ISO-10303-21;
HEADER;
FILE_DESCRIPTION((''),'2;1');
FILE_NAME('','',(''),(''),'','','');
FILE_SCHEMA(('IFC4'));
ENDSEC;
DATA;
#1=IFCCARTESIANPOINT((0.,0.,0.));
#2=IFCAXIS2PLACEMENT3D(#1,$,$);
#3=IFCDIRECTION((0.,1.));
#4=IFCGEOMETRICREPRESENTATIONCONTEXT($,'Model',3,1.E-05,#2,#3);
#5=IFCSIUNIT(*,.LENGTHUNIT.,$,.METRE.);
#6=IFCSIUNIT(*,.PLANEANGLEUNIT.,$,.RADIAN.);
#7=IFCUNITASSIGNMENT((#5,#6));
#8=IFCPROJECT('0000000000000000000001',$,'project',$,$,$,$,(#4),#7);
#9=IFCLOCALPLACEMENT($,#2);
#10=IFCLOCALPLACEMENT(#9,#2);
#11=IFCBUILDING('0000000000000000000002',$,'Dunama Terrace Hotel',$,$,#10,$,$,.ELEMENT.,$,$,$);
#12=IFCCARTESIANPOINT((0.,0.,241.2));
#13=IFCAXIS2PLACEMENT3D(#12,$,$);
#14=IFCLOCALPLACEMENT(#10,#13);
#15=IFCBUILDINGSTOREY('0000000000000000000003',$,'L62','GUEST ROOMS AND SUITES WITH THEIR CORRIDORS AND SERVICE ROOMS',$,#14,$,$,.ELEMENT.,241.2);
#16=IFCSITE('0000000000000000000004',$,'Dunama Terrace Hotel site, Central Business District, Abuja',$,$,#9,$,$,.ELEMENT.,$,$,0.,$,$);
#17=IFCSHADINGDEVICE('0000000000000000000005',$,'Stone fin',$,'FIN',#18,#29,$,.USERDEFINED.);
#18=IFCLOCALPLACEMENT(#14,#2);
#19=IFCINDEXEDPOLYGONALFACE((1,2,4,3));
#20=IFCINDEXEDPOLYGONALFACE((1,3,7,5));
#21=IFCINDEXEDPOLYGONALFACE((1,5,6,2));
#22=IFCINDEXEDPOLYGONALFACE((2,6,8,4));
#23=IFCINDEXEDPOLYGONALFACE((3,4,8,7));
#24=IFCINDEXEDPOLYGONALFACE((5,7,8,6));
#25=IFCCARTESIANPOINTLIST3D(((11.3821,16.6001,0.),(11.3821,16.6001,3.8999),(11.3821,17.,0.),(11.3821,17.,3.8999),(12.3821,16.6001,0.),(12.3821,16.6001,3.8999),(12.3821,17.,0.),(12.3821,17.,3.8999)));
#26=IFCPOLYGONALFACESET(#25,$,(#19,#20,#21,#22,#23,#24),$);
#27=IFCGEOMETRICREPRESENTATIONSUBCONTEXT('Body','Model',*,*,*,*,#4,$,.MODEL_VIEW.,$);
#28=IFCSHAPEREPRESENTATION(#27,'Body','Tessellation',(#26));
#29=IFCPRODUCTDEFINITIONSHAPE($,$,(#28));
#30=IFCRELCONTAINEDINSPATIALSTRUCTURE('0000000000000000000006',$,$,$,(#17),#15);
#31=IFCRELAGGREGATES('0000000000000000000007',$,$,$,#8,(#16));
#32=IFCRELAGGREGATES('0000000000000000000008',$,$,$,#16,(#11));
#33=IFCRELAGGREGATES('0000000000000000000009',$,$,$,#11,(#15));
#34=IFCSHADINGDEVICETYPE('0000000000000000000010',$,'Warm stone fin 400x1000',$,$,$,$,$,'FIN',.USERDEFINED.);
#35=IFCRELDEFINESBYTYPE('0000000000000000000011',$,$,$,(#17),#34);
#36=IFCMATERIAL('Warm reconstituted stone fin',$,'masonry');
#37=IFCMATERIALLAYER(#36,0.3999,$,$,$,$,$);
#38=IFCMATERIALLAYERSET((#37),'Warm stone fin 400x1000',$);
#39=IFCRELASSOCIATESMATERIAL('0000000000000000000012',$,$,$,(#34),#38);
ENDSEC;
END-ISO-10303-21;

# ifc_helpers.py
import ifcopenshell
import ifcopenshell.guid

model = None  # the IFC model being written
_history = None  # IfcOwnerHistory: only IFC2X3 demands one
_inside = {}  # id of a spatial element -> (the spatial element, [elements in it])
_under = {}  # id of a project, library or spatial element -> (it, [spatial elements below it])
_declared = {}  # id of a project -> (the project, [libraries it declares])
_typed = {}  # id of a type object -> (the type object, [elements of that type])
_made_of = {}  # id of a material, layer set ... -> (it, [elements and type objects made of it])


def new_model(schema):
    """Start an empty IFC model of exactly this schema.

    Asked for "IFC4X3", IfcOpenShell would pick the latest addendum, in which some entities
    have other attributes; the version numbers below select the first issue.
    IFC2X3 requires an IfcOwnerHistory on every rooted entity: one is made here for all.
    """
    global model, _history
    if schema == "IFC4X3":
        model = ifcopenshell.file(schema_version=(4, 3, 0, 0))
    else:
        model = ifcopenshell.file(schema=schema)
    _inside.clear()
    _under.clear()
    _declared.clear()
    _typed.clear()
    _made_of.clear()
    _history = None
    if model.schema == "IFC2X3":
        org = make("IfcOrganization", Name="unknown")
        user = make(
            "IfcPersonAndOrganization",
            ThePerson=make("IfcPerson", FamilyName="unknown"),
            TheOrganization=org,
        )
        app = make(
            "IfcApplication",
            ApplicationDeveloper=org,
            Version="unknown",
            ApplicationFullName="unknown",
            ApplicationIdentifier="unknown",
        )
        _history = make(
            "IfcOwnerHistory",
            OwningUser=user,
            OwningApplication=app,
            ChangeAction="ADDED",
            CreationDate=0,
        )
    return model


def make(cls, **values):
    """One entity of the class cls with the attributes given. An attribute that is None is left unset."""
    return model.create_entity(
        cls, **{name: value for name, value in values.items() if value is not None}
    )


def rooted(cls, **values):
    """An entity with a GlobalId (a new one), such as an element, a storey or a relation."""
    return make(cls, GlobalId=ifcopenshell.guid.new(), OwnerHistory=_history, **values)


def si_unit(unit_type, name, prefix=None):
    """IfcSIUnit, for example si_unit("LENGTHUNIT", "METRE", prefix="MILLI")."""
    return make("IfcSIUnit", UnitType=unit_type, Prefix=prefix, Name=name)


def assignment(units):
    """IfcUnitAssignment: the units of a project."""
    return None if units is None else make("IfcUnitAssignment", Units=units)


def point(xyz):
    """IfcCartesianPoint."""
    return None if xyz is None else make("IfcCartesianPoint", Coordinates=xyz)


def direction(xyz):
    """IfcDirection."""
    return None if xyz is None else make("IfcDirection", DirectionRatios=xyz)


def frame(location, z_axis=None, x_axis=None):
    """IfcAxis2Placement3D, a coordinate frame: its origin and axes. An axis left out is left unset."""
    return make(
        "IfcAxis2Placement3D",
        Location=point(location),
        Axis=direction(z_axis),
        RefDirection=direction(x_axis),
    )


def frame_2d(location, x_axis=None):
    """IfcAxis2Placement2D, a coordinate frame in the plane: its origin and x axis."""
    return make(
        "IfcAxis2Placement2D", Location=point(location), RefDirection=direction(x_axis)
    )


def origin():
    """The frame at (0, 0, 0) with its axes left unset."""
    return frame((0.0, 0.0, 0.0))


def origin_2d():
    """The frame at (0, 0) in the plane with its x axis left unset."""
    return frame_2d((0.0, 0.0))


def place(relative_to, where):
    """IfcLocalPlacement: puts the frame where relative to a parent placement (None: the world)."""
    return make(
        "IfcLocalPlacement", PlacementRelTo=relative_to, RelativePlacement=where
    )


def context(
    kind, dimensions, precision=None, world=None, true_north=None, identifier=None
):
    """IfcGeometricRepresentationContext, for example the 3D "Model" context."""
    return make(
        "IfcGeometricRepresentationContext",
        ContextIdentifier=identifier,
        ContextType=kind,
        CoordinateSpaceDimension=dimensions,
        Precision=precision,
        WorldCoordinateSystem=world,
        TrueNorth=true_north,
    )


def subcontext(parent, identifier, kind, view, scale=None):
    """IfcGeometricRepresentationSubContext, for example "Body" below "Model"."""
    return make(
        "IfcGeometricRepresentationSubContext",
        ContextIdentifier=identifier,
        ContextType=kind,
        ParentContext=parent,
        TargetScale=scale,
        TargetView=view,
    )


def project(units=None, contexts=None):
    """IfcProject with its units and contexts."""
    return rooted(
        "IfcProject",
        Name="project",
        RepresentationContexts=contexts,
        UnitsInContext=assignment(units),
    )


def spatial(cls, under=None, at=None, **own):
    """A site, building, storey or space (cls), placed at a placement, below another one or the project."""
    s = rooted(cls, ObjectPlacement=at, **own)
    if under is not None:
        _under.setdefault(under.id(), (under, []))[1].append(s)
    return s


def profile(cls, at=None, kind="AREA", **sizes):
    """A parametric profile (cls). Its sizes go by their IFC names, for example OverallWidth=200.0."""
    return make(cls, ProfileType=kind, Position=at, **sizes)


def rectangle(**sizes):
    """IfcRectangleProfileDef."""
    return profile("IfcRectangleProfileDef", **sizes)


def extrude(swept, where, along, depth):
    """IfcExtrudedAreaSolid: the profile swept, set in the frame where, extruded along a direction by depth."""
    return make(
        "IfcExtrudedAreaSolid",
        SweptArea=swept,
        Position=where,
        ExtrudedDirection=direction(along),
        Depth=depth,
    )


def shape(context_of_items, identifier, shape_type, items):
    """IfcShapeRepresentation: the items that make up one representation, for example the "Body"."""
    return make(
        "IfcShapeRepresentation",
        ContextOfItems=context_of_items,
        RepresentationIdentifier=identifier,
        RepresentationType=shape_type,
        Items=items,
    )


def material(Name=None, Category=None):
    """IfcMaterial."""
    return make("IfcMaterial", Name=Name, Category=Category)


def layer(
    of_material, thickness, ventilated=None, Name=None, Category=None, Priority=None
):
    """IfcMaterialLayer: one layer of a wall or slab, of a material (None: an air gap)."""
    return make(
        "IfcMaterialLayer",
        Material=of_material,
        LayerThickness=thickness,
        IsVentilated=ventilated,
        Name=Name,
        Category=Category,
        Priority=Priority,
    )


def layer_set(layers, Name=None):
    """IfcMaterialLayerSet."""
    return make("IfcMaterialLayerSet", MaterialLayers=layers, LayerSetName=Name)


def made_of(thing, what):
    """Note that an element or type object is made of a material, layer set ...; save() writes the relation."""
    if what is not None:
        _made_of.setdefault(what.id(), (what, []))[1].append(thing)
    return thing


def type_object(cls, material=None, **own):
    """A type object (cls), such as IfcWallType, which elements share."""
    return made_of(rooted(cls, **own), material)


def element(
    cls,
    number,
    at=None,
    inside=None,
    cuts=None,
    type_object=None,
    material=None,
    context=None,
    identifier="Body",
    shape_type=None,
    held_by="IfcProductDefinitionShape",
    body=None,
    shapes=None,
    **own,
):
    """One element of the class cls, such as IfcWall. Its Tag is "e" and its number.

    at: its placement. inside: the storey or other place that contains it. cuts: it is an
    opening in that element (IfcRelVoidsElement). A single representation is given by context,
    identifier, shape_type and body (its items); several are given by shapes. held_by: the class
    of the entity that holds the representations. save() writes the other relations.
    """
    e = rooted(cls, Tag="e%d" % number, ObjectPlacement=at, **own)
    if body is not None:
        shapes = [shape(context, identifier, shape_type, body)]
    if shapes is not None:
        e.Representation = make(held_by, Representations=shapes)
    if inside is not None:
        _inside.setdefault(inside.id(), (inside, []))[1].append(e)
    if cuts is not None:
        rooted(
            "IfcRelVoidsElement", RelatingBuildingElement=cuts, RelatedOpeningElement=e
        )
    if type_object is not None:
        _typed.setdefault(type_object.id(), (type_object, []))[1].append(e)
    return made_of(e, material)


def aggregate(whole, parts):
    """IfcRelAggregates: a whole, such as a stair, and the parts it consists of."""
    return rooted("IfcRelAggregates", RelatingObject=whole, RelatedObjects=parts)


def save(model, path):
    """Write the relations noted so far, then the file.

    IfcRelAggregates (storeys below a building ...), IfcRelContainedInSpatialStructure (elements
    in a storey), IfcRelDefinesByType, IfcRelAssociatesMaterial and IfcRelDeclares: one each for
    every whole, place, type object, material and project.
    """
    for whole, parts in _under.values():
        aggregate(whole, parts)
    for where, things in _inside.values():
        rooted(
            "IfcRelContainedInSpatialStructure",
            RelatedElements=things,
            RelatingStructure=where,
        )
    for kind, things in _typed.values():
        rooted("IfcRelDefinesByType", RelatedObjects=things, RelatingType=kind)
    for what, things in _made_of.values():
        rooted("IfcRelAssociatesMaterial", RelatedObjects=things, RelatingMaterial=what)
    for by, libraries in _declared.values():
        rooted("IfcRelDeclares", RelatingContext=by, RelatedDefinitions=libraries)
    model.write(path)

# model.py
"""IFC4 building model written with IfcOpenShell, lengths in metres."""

from ifc_helpers import new_model, si_unit, direction, frame, origin, origin_2d, place, context, subcontext, project, spatial, rectangle, extrude, material, layer, layer_set, type_object, element, save


model = new_model("IFC4")

# Units and contexts
model_context = context("Model", 3, precision=1e-05, world=origin(), true_north=direction((0.0, 1.0)))
body_context = subcontext(model_context, "Body", "Model", "MODEL_VIEW")
ifc_project = project(units=[si_unit("LENGTHUNIT", "METRE"), si_unit("PLANEANGLEUNIT", "RADIAN")], contexts=[model_context])

# Site, building, storey
site_placement = place(None, origin())
site = spatial("IfcSite", under=ifc_project, at=site_placement, Name="Dunama Terrace Hotel site, Central Business District, Abuja", CompositionType="ELEMENT", RefElevation=0.0)
building_placement = place(site_placement, origin())
building = spatial("IfcBuilding", under=site, at=building_placement, Name="Dunama Terrace Hotel", CompositionType="ELEMENT")
storey_placement = place(building_placement, frame((0.0, 0.0, 241.2)))
storey = spatial("IfcBuildingStorey", under=building, at=storey_placement, Name="L62", Description="GUEST ROOMS AND SUITES WITH THEIR CORRIDORS AND SERVICE ROOMS", CompositionType="ELEMENT", Elevation=241.2)

# Shading device
ifc_material_1 = material(Name="Warm reconstituted stone fin", Category="masonry")
ifc_layer_1 = layer(ifc_material_1, 0.3999)
ifc_layer_set_1 = layer_set([ifc_layer_1], Name="Warm stone fin 400x1000")
shading_device_type = type_object("IfcShadingDeviceType", Name="Warm stone fin 400x1000", ElementType="FIN", PredefinedType="USERDEFINED", material=ifc_layer_set_1)
shading_device_placement = place(storey_placement, frame((11.8821, 16.8, 0.0), z_axis=(0.0, 0.0, 1.0), x_axis=(0.0, -1.0, 0.0)))
element("IfcShadingDevice", 1, at=shading_device_placement, inside=storey, type_object=shading_device_type, Name="Stone fin", ObjectType="FIN", PredefinedType="USERDEFINED", context=body_context, shape_type="SweptSolid", body=[
    extrude(rectangle(XDim=0.3999, YDim=1.0, at=origin_2d()), origin(), (0.0, 0.0, 1.0), 3.8999),
])

save(model, "model.ifc")
